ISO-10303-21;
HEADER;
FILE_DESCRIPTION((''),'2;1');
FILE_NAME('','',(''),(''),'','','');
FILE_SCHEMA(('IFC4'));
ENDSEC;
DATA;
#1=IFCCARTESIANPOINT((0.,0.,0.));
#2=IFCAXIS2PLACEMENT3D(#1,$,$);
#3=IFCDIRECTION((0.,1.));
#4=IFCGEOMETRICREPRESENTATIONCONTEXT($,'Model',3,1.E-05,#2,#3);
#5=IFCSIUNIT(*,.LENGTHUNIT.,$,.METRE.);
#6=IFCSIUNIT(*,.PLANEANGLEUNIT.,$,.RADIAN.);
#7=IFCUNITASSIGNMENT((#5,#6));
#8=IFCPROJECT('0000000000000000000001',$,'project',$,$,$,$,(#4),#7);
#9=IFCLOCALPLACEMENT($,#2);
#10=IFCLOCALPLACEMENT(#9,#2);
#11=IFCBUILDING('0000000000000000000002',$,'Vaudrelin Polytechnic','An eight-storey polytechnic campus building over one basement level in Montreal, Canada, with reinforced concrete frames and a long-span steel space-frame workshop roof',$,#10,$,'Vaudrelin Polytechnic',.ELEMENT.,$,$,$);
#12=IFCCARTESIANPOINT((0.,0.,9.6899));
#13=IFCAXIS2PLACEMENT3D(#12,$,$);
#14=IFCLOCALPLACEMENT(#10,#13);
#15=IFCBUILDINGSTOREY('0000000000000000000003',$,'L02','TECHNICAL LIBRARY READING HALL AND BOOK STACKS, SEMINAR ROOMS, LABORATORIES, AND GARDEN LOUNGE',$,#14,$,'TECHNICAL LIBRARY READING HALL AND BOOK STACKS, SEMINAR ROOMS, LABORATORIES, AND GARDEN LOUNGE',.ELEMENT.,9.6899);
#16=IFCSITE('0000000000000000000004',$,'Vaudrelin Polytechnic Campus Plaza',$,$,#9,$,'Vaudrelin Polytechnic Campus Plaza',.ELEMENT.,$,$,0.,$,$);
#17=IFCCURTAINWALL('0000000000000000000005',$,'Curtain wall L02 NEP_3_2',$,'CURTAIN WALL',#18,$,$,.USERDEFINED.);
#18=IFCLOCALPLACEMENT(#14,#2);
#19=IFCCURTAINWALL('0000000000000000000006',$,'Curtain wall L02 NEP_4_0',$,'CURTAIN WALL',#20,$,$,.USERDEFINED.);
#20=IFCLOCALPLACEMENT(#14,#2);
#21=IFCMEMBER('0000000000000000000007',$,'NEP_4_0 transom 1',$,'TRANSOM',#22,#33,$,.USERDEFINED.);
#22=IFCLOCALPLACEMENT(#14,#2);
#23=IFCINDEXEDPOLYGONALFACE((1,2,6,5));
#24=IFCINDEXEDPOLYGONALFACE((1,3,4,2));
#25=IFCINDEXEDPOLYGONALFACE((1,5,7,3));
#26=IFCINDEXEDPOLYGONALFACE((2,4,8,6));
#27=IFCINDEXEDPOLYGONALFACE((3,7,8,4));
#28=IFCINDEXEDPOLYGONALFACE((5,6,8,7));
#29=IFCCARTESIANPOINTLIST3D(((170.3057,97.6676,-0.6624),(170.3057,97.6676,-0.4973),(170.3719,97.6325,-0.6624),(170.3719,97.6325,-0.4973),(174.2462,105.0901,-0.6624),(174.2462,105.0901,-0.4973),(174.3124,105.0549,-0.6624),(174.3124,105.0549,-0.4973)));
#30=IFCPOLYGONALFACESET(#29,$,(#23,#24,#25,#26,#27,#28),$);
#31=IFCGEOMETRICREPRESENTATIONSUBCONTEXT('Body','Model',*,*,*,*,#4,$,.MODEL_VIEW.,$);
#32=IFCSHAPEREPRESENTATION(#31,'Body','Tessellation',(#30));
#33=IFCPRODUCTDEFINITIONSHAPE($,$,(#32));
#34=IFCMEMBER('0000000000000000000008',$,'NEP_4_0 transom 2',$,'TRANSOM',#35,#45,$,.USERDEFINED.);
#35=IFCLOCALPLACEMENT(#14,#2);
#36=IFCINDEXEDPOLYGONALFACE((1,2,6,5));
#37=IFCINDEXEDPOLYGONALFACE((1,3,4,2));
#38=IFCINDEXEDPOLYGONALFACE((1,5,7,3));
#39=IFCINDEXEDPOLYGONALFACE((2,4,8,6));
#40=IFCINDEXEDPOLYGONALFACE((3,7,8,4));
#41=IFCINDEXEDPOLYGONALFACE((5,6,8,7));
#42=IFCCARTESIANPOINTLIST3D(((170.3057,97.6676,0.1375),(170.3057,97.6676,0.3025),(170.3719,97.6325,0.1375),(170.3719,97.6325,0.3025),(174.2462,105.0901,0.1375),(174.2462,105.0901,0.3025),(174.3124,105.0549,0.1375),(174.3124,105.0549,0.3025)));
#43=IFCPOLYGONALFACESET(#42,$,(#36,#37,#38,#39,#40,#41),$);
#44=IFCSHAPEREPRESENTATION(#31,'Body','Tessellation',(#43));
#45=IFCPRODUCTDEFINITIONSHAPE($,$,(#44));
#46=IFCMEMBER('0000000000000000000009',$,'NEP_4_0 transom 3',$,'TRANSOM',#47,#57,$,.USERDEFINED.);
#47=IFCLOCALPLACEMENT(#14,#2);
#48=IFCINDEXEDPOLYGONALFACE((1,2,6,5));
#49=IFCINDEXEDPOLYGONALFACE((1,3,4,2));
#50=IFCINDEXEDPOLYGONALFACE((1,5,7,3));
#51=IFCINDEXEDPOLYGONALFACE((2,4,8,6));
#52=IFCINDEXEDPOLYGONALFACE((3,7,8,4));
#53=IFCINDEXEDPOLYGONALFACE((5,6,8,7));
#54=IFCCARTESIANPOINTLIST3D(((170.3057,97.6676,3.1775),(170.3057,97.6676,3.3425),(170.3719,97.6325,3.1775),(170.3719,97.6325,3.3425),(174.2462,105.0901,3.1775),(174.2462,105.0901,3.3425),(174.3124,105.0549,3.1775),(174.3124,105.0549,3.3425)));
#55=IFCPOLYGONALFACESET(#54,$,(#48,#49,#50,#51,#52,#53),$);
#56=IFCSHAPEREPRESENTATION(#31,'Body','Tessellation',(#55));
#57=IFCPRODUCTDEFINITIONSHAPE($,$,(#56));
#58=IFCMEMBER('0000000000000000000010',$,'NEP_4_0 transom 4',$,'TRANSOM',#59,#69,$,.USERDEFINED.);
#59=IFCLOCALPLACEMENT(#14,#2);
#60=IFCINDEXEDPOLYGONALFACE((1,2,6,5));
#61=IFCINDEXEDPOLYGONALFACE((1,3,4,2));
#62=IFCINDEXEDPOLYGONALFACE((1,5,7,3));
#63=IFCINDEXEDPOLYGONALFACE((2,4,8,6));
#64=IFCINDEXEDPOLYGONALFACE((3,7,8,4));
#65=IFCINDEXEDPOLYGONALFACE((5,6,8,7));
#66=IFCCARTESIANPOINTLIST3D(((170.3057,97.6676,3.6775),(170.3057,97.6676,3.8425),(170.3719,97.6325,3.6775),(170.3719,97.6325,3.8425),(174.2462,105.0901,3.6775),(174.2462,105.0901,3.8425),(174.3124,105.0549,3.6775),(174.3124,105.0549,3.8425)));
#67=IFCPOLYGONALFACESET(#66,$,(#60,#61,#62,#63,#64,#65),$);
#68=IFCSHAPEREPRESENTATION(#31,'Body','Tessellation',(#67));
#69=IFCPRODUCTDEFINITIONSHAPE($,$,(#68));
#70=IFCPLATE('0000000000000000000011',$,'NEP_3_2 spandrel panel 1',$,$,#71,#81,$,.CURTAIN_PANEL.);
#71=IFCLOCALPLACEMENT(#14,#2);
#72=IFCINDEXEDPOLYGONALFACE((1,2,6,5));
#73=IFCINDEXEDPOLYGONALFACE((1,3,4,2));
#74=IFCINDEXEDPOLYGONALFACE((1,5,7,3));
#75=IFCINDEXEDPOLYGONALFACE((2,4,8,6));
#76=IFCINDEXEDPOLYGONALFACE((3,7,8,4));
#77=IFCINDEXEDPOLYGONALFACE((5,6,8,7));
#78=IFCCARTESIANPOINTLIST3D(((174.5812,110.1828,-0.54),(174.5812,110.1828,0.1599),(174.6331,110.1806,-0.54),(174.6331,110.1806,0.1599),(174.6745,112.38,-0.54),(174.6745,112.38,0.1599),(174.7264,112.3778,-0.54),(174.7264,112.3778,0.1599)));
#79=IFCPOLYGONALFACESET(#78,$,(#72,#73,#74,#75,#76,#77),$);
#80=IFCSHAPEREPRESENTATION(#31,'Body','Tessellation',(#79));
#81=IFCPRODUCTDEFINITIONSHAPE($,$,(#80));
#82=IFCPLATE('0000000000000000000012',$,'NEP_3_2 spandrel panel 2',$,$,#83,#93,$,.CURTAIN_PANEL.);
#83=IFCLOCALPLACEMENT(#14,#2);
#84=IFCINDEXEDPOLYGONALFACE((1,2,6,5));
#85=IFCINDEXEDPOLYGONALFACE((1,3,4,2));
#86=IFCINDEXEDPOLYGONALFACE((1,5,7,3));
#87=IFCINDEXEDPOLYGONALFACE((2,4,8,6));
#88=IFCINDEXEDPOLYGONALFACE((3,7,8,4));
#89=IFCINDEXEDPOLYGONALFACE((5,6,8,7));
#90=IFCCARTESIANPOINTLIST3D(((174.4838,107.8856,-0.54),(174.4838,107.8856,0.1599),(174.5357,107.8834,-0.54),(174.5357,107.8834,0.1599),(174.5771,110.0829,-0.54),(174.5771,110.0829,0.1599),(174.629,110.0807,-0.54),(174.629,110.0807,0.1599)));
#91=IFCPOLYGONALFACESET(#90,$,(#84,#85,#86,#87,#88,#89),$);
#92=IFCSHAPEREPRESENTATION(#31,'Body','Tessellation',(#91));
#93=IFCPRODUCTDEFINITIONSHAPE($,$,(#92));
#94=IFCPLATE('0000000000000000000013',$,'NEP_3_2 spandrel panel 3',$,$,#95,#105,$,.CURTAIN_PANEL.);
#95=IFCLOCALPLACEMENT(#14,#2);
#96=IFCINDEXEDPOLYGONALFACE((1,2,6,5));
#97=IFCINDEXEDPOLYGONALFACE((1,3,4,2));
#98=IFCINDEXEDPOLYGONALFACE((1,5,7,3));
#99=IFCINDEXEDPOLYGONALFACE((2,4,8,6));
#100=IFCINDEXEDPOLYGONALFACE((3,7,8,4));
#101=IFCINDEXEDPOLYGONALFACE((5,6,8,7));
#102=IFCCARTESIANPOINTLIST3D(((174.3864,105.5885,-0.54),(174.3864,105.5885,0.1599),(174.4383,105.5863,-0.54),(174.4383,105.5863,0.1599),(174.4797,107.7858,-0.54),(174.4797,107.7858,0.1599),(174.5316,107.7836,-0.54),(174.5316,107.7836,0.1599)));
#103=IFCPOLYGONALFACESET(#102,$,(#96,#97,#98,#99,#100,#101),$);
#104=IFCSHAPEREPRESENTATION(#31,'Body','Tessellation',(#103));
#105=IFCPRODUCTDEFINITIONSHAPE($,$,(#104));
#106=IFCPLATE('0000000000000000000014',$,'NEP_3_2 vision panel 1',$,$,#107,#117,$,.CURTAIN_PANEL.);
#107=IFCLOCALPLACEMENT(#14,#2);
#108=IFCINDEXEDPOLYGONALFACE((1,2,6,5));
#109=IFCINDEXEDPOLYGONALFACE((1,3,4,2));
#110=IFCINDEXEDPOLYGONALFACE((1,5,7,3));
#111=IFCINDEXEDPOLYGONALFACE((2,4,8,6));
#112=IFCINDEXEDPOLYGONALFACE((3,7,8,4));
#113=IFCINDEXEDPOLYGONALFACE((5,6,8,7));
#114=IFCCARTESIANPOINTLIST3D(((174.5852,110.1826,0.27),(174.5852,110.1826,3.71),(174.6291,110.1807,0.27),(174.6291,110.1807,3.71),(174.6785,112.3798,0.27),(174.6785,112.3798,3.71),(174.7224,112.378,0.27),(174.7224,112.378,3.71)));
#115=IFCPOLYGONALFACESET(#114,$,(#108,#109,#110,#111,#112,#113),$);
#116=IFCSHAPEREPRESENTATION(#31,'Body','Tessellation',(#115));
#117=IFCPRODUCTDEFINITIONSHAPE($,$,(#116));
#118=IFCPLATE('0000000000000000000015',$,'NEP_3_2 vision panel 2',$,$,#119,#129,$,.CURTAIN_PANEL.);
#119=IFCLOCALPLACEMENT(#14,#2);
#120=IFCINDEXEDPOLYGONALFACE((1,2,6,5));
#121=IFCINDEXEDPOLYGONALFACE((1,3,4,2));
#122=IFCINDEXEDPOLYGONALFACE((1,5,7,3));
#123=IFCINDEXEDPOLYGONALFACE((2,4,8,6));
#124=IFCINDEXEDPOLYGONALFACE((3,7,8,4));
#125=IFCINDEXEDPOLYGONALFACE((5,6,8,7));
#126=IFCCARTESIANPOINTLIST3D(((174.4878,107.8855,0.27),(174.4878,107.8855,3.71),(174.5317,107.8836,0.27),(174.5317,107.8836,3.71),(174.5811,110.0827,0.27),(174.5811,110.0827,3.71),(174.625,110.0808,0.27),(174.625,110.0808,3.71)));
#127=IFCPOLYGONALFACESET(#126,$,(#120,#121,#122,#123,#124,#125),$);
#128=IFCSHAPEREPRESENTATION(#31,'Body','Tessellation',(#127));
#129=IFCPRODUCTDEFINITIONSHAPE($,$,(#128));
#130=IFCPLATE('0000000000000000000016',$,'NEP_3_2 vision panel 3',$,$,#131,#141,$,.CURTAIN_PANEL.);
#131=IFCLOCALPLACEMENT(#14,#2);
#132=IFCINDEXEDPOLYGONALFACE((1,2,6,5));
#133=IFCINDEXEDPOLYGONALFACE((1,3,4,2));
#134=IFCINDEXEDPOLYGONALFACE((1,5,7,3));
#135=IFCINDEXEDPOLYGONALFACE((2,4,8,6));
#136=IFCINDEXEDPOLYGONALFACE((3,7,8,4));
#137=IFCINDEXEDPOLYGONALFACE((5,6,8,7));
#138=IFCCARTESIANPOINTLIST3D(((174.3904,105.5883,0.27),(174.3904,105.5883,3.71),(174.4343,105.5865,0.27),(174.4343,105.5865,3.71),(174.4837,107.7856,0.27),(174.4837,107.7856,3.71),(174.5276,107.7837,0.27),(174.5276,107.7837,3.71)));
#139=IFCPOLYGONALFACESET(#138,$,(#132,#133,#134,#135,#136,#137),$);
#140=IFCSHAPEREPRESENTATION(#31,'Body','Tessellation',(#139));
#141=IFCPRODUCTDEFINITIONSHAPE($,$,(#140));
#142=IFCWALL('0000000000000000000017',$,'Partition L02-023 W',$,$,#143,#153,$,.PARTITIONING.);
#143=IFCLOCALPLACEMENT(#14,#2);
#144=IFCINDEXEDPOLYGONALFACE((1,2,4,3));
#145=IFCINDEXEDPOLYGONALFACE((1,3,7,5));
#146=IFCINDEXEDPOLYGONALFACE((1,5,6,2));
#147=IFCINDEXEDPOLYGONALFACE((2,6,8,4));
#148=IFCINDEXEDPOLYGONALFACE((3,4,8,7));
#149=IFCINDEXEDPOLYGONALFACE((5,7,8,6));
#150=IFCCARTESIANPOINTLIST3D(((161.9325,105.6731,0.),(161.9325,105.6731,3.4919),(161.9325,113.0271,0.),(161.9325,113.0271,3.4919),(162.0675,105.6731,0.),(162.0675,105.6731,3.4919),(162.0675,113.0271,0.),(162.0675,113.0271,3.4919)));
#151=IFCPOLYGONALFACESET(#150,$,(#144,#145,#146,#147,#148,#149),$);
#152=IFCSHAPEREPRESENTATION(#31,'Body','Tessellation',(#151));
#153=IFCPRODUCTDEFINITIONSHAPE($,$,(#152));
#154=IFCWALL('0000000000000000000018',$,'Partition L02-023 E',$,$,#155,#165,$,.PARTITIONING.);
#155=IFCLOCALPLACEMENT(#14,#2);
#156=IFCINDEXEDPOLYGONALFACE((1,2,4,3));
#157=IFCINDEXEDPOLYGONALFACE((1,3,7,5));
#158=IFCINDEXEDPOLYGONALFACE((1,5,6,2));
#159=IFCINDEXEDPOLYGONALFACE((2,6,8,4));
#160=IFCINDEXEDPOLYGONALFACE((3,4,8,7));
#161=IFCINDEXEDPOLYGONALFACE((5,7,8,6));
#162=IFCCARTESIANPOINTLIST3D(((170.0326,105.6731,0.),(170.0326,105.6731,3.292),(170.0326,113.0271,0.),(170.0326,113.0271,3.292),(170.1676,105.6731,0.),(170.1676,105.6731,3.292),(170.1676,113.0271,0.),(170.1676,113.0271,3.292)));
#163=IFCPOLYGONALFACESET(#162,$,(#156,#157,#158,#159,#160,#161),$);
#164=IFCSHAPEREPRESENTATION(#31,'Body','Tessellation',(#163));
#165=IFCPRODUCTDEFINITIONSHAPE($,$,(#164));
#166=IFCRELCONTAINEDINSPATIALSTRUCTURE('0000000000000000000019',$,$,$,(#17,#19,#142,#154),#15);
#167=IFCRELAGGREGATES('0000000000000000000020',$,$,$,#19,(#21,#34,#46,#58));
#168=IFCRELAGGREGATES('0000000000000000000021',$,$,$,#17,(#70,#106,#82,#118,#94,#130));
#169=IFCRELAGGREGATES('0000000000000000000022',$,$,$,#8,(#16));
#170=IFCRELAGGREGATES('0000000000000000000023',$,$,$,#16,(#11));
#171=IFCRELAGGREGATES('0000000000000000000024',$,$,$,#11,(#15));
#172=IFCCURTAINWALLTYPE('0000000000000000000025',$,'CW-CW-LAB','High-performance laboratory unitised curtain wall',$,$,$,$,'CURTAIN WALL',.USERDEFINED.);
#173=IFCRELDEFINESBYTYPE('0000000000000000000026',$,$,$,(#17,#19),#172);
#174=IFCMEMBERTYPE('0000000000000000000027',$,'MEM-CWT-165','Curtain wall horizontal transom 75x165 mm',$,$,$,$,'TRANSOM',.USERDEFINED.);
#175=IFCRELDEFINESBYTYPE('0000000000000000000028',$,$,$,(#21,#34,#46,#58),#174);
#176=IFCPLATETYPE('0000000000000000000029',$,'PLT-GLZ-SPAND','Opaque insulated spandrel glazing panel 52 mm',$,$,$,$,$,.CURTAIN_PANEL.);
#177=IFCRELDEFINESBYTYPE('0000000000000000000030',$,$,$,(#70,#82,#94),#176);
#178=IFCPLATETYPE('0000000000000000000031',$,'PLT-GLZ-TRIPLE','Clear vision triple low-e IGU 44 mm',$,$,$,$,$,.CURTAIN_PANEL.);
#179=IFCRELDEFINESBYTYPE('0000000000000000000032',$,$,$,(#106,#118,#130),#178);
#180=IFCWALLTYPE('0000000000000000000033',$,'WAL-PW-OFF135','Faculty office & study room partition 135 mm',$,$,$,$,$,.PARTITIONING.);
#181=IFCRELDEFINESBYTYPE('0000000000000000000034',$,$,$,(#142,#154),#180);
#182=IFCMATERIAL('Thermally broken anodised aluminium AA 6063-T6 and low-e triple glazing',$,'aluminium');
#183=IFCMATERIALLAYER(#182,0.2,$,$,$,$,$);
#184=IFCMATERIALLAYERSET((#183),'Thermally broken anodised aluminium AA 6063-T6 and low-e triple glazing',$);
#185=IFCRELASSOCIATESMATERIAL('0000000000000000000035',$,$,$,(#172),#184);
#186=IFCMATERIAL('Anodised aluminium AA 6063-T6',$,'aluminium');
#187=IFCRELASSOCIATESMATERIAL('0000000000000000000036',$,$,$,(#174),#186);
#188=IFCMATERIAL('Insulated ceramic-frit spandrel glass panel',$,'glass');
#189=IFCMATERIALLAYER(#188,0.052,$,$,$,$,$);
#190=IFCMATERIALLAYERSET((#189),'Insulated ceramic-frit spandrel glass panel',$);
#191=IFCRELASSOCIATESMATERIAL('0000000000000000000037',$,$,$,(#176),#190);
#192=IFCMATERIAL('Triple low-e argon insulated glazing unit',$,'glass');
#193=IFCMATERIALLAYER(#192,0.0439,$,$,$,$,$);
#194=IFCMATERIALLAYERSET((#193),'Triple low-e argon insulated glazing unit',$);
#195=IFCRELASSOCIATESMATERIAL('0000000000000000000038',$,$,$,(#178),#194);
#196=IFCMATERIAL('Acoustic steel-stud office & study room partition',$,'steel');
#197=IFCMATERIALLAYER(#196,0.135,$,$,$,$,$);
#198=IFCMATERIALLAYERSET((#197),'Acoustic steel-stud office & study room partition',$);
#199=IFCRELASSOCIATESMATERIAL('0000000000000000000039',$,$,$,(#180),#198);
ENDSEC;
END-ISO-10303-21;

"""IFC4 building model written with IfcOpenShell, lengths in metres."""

from ifc_helpers import new_model, si_unit, direction, frame, frame_2d, origin, origin_2d, place, context, subcontext, project, spatial, rectangle, extrude, material, layer, layer_set, material_profile, profile_set, type_object, element, aggregate, save


model = new_model("IFC4")

# Units and contexts
model_context = context("Model", 3, precision=1e-05, world=origin(), true_north=direction((0.0, 1.0)))
body_context = subcontext(model_context, "Body", "Model", "MODEL_VIEW")
ifc_project = project(units=[si_unit("LENGTHUNIT", "METRE"), si_unit("PLANEANGLEUNIT", "RADIAN")], contexts=[model_context])

# Site, building, storey
site_placement = place(None, origin())
site = spatial("IfcSite", under=ifc_project, at=site_placement, Name="Vaudrelin Polytechnic Campus Plaza", LongName="Vaudrelin Polytechnic Campus Plaza", CompositionType="ELEMENT", RefElevation=0.0)
building_placement = place(site_placement, origin())
building = spatial("IfcBuilding", under=site, at=building_placement, Name="Vaudrelin Polytechnic", Description="An eight-storey polytechnic campus building over one basement level in Montreal, Canada, with reinforced concrete frames and a long-span steel space-frame workshop roof", LongName="Vaudrelin Polytechnic", CompositionType="ELEMENT")
storey_placement = place(building_placement, frame((0.0, 0.0, 9.6899)))
storey = spatial("IfcBuildingStorey", under=building, at=storey_placement, Name="L02", Description="TECHNICAL LIBRARY READING HALL AND BOOK STACKS, SEMINAR ROOMS, LABORATORIES, AND GARDEN LOUNGE", LongName="TECHNICAL LIBRARY READING HALL AND BOOK STACKS, SEMINAR ROOMS, LABORATORIES, AND GARDEN LOUNGE", CompositionType="ELEMENT", Elevation=9.6899)

# Shared definitions
ifc_material_1 = material(Name="Thermally broken anodised aluminium AA 6063-T6 and low-e triple glazing", Category="aluminium")
ifc_layer_1 = layer(ifc_material_1, 0.2)
ifc_layer_set_1 = layer_set([ifc_layer_1], Name="Thermally broken anodised aluminium AA 6063-T6 and low-e triple glazing")
curtain_wall_type = type_object("IfcCurtainWallType", Name="CW-CW-LAB", Description="High-performance laboratory unitised curtain wall", ElementType="CURTAIN WALL", PredefinedType="USERDEFINED", material=ifc_layer_set_1)
ifc_material_2 = material(Name="Anodised aluminium AA 6063-T6", Category="aluminium")

# Curtain walls, members
curtain_wall_1_placement = place(storey_placement, origin())
curtain_wall_1 = element("IfcCurtainWall", 1, at=curtain_wall_1_placement, inside=storey, type_object=curtain_wall_type, Name="Curtain wall L02 NEP_3_2", ObjectType="CURTAIN WALL", PredefinedType="USERDEFINED")
ifc_material_profile_1 = material_profile(ifc_material_2, rectangle(XDim=0.075, YDim=0.165, at=origin_2d()), Name="CWT-75x165")
ifc_profile_set_1 = profile_set([ifc_material_profile_1], Name="Anodised aluminium AA 6063-T6")
member_type_1 = type_object("IfcMemberType", Name="MEM-CWT-165", Description="Curtain wall horizontal transom 75x165 mm", ElementType="TRANSOM", PredefinedType="USERDEFINED", material=ifc_profile_set_1)
curtain_wall_2_placement = place(storey_placement, origin())
curtain_wall_2 = element("IfcCurtainWall", 2, at=curtain_wall_2_placement, inside=storey, type_object=curtain_wall_type, Name="Curtain wall L02 NEP_4_0", ObjectType="CURTAIN WALL", PredefinedType="USERDEFINED")
member_1_placement = place(storey_placement, frame((174.2793, 105.0725, -0.5798), z_axis=(-0.468905, -0.883249, 0.0), x_axis=(0.883249, -0.468905, 0.0)))
member_1 = element("IfcMember", 3, at=member_1_placement, type_object=member_type_1, Name="NEP_4_0 transom 1", ObjectType="TRANSOM", PredefinedType="USERDEFINED", context=body_context, shape_type="SweptSolid", body=[
    extrude(rectangle(XDim=0.075, YDim=0.165, at=origin_2d()), origin(), (0.0, 0.0, 1.0), 8.4036),
])
member_2_placement = place(storey_placement, frame((174.2793, 105.0725, 0.22), z_axis=(-0.468905, -0.883249, 0.0), x_axis=(0.883249, -0.468905, 0.0)))
member_2 = element("IfcMember", 4, at=member_2_placement, type_object=member_type_1, Name="NEP_4_0 transom 2", ObjectType="TRANSOM", PredefinedType="USERDEFINED", context=body_context, shape_type="SweptSolid", body=[
    extrude(rectangle(XDim=0.075, YDim=0.165, at=origin_2d()), origin(), (0.0, 0.0, 1.0), 8.4036),
])
member_3_placement = place(storey_placement, frame((174.2793, 105.0725, 3.26), z_axis=(-0.468905, -0.883249, 0.0), x_axis=(0.883249, -0.468905, 0.0)))
member_3 = element("IfcMember", 5, at=member_3_placement, type_object=member_type_1, Name="NEP_4_0 transom 3", ObjectType="TRANSOM", PredefinedType="USERDEFINED", context=body_context, shape_type="SweptSolid", body=[
    extrude(rectangle(XDim=0.075, YDim=0.165, at=origin_2d()), origin(), (0.0, 0.0, 1.0), 8.4036),
])
member_4_placement = place(storey_placement, frame((174.2793, 105.0725, 3.76), z_axis=(-0.468905, -0.883249, 0.0), x_axis=(0.883249, -0.468905, 0.0)))
member_4 = element("IfcMember", 6, at=member_4_placement, type_object=member_type_1, Name="NEP_4_0 transom 4", ObjectType="TRANSOM", PredefinedType="USERDEFINED", context=body_context, shape_type="SweptSolid", body=[
    extrude(rectangle(XDim=0.075, YDim=0.165, at=origin_2d()), origin(), (0.0, 0.0, 1.0), 8.4036),
])
aggregate(curtain_wall_2, [member_1, member_2, member_3, member_4])

# Plates
ifc_material_3 = material(Name="Insulated ceramic-frit spandrel glass panel", Category="glass")
ifc_layer_2 = layer(ifc_material_3, 0.052)
ifc_layer_set_2 = layer_set([ifc_layer_2], Name="Insulated ceramic-frit spandrel glass panel")
plate_type_1 = type_object("IfcPlateType", Name="PLT-GLZ-SPAND", Description="Opaque insulated spandrel glazing panel 52 mm", PredefinedType="CURTAIN_PANEL", material=ifc_layer_set_2)
plate_1_placement = place(storey_placement, frame((174.6538, 111.2803, -0.54), z_axis=(0.0, 0.0, 1.0), x_axis=(-0.04242, -0.9991, 0.0)))
plate_1 = element("IfcPlate", 7, at=plate_1_placement, type_object=plate_type_1, Name="NEP_3_2 spandrel panel 1", PredefinedType="CURTAIN_PANEL", context=body_context, shape_type="SweptSolid", body=[
    extrude(rectangle(XDim=2.1992, YDim=0.052, at=origin_2d()), origin(), (0.0, 0.0, 1.0), 0.7),
])
plate_2_placement = place(storey_placement, frame((174.5564, 108.9832, -0.54), z_axis=(0.0, 0.0, 1.0), x_axis=(-0.04242, -0.9991, 0.0)))
plate_2 = element("IfcPlate", 8, at=plate_2_placement, type_object=plate_type_1, Name="NEP_3_2 spandrel panel 2", PredefinedType="CURTAIN_PANEL", context=body_context, shape_type="SweptSolid", body=[
    extrude(rectangle(XDim=2.1992, YDim=0.052, at=origin_2d()), origin(), (0.0, 0.0, 1.0), 0.7),
])
plate_3_placement = place(storey_placement, frame((174.459, 106.686, -0.54), z_axis=(0.0, 0.0, 1.0), x_axis=(-0.04242, -0.9991, 0.0)))
plate_3 = element("IfcPlate", 9, at=plate_3_placement, type_object=plate_type_1, Name="NEP_3_2 spandrel panel 3", PredefinedType="CURTAIN_PANEL", context=body_context, shape_type="SweptSolid", body=[
    extrude(rectangle(XDim=2.1992, YDim=0.052, at=origin_2d()), origin(), (0.0, 0.0, 1.0), 0.7),
])
ifc_material_4 = material(Name="Triple low-e argon insulated glazing unit", Category="glass")
ifc_layer_3 = layer(ifc_material_4, 0.0439)
ifc_layer_set_3 = layer_set([ifc_layer_3], Name="Triple low-e argon insulated glazing unit")
plate_type_2 = type_object("IfcPlateType", Name="PLT-GLZ-TRIPLE", Description="Clear vision triple low-e IGU 44 mm", PredefinedType="CURTAIN_PANEL", material=ifc_layer_set_3)
plate_4_placement = place(storey_placement, frame((174.6538, 111.2803, 0.27), z_axis=(0.0, 0.0, 1.0), x_axis=(-0.04242, -0.9991, 0.0)))
plate_4 = element("IfcPlate", 10, at=plate_4_placement, type_object=plate_type_2, Name="NEP_3_2 vision panel 1", PredefinedType="CURTAIN_PANEL", context=body_context, shape_type="SweptSolid", body=[
    extrude(rectangle(XDim=2.1992, YDim=0.0439, at=origin_2d()), origin(), (0.0, 0.0, 1.0), 3.4399),
])
plate_5_placement = place(storey_placement, frame((174.5564, 108.9832, 0.27), z_axis=(0.0, 0.0, 1.0), x_axis=(-0.04242, -0.9991, 0.0)))
plate_5 = element("IfcPlate", 11, at=plate_5_placement, type_object=plate_type_2, Name="NEP_3_2 vision panel 2", PredefinedType="CURTAIN_PANEL", context=body_context, shape_type="SweptSolid", body=[
    extrude(rectangle(XDim=2.1992, YDim=0.0439, at=origin_2d()), origin(), (0.0, 0.0, 1.0), 3.4399),
])
plate_6_placement = place(storey_placement, frame((174.459, 106.686, 0.27), z_axis=(0.0, 0.0, 1.0), x_axis=(-0.04242, -0.9991, 0.0)))
plate_6 = element("IfcPlate", 12, at=plate_6_placement, type_object=plate_type_2, Name="NEP_3_2 vision panel 3", PredefinedType="CURTAIN_PANEL", context=body_context, shape_type="SweptSolid", body=[
    extrude(rectangle(XDim=2.1992, YDim=0.0439, at=origin_2d()), origin(), (0.0, 0.0, 1.0), 3.4399),
])
aggregate(curtain_wall_1, [plate_1, plate_4, plate_2, plate_5, plate_3, plate_6])

# Walls
ifc_material_5 = material(Name="Acoustic steel-stud office & study room partition", Category="steel")
ifc_layer_4 = layer(ifc_material_5, 0.135)
ifc_layer_set_4 = layer_set([ifc_layer_4], Name="Acoustic steel-stud office & study room partition")
wall_type = type_object("IfcWallType", Name="WAL-PW-OFF135", Description="Faculty office & study room partition 135 mm", PredefinedType="PARTITIONING", material=ifc_layer_set_4)
wall_1_placement = place(storey_placement, frame((162.0, 105.6731, 0.0), z_axis=(0.0, 0.0, 1.0), x_axis=(0.0, 1.0, 0.0)))
element("IfcWall", 13, at=wall_1_placement, inside=storey, type_object=wall_type, Name="Partition L02-023 W", PredefinedType="PARTITIONING", context=body_context, shape_type="SweptSolid", body=[
    extrude(rectangle(XDim=7.354, YDim=0.135, at=frame_2d((3.677, 0.0))), origin(), (0.0, 0.0, 1.0), 3.4919),
])
wall_2_placement = place(storey_placement, frame((170.1001, 105.6731, 0.0), z_axis=(0.0, 0.0, 1.0), x_axis=(0.0, 1.0, 0.0)))
element("IfcWall", 14, at=wall_2_placement, inside=storey, type_object=wall_type, Name="Partition L02-023 E", PredefinedType="PARTITIONING", context=body_context, shape_type="SweptSolid", body=[
    extrude(rectangle(XDim=7.354, YDim=0.135, at=frame_2d((3.677, 0.0))), origin(), (0.0, 0.0, 1.0), 3.292),
])

save(model, "model.ifc")
